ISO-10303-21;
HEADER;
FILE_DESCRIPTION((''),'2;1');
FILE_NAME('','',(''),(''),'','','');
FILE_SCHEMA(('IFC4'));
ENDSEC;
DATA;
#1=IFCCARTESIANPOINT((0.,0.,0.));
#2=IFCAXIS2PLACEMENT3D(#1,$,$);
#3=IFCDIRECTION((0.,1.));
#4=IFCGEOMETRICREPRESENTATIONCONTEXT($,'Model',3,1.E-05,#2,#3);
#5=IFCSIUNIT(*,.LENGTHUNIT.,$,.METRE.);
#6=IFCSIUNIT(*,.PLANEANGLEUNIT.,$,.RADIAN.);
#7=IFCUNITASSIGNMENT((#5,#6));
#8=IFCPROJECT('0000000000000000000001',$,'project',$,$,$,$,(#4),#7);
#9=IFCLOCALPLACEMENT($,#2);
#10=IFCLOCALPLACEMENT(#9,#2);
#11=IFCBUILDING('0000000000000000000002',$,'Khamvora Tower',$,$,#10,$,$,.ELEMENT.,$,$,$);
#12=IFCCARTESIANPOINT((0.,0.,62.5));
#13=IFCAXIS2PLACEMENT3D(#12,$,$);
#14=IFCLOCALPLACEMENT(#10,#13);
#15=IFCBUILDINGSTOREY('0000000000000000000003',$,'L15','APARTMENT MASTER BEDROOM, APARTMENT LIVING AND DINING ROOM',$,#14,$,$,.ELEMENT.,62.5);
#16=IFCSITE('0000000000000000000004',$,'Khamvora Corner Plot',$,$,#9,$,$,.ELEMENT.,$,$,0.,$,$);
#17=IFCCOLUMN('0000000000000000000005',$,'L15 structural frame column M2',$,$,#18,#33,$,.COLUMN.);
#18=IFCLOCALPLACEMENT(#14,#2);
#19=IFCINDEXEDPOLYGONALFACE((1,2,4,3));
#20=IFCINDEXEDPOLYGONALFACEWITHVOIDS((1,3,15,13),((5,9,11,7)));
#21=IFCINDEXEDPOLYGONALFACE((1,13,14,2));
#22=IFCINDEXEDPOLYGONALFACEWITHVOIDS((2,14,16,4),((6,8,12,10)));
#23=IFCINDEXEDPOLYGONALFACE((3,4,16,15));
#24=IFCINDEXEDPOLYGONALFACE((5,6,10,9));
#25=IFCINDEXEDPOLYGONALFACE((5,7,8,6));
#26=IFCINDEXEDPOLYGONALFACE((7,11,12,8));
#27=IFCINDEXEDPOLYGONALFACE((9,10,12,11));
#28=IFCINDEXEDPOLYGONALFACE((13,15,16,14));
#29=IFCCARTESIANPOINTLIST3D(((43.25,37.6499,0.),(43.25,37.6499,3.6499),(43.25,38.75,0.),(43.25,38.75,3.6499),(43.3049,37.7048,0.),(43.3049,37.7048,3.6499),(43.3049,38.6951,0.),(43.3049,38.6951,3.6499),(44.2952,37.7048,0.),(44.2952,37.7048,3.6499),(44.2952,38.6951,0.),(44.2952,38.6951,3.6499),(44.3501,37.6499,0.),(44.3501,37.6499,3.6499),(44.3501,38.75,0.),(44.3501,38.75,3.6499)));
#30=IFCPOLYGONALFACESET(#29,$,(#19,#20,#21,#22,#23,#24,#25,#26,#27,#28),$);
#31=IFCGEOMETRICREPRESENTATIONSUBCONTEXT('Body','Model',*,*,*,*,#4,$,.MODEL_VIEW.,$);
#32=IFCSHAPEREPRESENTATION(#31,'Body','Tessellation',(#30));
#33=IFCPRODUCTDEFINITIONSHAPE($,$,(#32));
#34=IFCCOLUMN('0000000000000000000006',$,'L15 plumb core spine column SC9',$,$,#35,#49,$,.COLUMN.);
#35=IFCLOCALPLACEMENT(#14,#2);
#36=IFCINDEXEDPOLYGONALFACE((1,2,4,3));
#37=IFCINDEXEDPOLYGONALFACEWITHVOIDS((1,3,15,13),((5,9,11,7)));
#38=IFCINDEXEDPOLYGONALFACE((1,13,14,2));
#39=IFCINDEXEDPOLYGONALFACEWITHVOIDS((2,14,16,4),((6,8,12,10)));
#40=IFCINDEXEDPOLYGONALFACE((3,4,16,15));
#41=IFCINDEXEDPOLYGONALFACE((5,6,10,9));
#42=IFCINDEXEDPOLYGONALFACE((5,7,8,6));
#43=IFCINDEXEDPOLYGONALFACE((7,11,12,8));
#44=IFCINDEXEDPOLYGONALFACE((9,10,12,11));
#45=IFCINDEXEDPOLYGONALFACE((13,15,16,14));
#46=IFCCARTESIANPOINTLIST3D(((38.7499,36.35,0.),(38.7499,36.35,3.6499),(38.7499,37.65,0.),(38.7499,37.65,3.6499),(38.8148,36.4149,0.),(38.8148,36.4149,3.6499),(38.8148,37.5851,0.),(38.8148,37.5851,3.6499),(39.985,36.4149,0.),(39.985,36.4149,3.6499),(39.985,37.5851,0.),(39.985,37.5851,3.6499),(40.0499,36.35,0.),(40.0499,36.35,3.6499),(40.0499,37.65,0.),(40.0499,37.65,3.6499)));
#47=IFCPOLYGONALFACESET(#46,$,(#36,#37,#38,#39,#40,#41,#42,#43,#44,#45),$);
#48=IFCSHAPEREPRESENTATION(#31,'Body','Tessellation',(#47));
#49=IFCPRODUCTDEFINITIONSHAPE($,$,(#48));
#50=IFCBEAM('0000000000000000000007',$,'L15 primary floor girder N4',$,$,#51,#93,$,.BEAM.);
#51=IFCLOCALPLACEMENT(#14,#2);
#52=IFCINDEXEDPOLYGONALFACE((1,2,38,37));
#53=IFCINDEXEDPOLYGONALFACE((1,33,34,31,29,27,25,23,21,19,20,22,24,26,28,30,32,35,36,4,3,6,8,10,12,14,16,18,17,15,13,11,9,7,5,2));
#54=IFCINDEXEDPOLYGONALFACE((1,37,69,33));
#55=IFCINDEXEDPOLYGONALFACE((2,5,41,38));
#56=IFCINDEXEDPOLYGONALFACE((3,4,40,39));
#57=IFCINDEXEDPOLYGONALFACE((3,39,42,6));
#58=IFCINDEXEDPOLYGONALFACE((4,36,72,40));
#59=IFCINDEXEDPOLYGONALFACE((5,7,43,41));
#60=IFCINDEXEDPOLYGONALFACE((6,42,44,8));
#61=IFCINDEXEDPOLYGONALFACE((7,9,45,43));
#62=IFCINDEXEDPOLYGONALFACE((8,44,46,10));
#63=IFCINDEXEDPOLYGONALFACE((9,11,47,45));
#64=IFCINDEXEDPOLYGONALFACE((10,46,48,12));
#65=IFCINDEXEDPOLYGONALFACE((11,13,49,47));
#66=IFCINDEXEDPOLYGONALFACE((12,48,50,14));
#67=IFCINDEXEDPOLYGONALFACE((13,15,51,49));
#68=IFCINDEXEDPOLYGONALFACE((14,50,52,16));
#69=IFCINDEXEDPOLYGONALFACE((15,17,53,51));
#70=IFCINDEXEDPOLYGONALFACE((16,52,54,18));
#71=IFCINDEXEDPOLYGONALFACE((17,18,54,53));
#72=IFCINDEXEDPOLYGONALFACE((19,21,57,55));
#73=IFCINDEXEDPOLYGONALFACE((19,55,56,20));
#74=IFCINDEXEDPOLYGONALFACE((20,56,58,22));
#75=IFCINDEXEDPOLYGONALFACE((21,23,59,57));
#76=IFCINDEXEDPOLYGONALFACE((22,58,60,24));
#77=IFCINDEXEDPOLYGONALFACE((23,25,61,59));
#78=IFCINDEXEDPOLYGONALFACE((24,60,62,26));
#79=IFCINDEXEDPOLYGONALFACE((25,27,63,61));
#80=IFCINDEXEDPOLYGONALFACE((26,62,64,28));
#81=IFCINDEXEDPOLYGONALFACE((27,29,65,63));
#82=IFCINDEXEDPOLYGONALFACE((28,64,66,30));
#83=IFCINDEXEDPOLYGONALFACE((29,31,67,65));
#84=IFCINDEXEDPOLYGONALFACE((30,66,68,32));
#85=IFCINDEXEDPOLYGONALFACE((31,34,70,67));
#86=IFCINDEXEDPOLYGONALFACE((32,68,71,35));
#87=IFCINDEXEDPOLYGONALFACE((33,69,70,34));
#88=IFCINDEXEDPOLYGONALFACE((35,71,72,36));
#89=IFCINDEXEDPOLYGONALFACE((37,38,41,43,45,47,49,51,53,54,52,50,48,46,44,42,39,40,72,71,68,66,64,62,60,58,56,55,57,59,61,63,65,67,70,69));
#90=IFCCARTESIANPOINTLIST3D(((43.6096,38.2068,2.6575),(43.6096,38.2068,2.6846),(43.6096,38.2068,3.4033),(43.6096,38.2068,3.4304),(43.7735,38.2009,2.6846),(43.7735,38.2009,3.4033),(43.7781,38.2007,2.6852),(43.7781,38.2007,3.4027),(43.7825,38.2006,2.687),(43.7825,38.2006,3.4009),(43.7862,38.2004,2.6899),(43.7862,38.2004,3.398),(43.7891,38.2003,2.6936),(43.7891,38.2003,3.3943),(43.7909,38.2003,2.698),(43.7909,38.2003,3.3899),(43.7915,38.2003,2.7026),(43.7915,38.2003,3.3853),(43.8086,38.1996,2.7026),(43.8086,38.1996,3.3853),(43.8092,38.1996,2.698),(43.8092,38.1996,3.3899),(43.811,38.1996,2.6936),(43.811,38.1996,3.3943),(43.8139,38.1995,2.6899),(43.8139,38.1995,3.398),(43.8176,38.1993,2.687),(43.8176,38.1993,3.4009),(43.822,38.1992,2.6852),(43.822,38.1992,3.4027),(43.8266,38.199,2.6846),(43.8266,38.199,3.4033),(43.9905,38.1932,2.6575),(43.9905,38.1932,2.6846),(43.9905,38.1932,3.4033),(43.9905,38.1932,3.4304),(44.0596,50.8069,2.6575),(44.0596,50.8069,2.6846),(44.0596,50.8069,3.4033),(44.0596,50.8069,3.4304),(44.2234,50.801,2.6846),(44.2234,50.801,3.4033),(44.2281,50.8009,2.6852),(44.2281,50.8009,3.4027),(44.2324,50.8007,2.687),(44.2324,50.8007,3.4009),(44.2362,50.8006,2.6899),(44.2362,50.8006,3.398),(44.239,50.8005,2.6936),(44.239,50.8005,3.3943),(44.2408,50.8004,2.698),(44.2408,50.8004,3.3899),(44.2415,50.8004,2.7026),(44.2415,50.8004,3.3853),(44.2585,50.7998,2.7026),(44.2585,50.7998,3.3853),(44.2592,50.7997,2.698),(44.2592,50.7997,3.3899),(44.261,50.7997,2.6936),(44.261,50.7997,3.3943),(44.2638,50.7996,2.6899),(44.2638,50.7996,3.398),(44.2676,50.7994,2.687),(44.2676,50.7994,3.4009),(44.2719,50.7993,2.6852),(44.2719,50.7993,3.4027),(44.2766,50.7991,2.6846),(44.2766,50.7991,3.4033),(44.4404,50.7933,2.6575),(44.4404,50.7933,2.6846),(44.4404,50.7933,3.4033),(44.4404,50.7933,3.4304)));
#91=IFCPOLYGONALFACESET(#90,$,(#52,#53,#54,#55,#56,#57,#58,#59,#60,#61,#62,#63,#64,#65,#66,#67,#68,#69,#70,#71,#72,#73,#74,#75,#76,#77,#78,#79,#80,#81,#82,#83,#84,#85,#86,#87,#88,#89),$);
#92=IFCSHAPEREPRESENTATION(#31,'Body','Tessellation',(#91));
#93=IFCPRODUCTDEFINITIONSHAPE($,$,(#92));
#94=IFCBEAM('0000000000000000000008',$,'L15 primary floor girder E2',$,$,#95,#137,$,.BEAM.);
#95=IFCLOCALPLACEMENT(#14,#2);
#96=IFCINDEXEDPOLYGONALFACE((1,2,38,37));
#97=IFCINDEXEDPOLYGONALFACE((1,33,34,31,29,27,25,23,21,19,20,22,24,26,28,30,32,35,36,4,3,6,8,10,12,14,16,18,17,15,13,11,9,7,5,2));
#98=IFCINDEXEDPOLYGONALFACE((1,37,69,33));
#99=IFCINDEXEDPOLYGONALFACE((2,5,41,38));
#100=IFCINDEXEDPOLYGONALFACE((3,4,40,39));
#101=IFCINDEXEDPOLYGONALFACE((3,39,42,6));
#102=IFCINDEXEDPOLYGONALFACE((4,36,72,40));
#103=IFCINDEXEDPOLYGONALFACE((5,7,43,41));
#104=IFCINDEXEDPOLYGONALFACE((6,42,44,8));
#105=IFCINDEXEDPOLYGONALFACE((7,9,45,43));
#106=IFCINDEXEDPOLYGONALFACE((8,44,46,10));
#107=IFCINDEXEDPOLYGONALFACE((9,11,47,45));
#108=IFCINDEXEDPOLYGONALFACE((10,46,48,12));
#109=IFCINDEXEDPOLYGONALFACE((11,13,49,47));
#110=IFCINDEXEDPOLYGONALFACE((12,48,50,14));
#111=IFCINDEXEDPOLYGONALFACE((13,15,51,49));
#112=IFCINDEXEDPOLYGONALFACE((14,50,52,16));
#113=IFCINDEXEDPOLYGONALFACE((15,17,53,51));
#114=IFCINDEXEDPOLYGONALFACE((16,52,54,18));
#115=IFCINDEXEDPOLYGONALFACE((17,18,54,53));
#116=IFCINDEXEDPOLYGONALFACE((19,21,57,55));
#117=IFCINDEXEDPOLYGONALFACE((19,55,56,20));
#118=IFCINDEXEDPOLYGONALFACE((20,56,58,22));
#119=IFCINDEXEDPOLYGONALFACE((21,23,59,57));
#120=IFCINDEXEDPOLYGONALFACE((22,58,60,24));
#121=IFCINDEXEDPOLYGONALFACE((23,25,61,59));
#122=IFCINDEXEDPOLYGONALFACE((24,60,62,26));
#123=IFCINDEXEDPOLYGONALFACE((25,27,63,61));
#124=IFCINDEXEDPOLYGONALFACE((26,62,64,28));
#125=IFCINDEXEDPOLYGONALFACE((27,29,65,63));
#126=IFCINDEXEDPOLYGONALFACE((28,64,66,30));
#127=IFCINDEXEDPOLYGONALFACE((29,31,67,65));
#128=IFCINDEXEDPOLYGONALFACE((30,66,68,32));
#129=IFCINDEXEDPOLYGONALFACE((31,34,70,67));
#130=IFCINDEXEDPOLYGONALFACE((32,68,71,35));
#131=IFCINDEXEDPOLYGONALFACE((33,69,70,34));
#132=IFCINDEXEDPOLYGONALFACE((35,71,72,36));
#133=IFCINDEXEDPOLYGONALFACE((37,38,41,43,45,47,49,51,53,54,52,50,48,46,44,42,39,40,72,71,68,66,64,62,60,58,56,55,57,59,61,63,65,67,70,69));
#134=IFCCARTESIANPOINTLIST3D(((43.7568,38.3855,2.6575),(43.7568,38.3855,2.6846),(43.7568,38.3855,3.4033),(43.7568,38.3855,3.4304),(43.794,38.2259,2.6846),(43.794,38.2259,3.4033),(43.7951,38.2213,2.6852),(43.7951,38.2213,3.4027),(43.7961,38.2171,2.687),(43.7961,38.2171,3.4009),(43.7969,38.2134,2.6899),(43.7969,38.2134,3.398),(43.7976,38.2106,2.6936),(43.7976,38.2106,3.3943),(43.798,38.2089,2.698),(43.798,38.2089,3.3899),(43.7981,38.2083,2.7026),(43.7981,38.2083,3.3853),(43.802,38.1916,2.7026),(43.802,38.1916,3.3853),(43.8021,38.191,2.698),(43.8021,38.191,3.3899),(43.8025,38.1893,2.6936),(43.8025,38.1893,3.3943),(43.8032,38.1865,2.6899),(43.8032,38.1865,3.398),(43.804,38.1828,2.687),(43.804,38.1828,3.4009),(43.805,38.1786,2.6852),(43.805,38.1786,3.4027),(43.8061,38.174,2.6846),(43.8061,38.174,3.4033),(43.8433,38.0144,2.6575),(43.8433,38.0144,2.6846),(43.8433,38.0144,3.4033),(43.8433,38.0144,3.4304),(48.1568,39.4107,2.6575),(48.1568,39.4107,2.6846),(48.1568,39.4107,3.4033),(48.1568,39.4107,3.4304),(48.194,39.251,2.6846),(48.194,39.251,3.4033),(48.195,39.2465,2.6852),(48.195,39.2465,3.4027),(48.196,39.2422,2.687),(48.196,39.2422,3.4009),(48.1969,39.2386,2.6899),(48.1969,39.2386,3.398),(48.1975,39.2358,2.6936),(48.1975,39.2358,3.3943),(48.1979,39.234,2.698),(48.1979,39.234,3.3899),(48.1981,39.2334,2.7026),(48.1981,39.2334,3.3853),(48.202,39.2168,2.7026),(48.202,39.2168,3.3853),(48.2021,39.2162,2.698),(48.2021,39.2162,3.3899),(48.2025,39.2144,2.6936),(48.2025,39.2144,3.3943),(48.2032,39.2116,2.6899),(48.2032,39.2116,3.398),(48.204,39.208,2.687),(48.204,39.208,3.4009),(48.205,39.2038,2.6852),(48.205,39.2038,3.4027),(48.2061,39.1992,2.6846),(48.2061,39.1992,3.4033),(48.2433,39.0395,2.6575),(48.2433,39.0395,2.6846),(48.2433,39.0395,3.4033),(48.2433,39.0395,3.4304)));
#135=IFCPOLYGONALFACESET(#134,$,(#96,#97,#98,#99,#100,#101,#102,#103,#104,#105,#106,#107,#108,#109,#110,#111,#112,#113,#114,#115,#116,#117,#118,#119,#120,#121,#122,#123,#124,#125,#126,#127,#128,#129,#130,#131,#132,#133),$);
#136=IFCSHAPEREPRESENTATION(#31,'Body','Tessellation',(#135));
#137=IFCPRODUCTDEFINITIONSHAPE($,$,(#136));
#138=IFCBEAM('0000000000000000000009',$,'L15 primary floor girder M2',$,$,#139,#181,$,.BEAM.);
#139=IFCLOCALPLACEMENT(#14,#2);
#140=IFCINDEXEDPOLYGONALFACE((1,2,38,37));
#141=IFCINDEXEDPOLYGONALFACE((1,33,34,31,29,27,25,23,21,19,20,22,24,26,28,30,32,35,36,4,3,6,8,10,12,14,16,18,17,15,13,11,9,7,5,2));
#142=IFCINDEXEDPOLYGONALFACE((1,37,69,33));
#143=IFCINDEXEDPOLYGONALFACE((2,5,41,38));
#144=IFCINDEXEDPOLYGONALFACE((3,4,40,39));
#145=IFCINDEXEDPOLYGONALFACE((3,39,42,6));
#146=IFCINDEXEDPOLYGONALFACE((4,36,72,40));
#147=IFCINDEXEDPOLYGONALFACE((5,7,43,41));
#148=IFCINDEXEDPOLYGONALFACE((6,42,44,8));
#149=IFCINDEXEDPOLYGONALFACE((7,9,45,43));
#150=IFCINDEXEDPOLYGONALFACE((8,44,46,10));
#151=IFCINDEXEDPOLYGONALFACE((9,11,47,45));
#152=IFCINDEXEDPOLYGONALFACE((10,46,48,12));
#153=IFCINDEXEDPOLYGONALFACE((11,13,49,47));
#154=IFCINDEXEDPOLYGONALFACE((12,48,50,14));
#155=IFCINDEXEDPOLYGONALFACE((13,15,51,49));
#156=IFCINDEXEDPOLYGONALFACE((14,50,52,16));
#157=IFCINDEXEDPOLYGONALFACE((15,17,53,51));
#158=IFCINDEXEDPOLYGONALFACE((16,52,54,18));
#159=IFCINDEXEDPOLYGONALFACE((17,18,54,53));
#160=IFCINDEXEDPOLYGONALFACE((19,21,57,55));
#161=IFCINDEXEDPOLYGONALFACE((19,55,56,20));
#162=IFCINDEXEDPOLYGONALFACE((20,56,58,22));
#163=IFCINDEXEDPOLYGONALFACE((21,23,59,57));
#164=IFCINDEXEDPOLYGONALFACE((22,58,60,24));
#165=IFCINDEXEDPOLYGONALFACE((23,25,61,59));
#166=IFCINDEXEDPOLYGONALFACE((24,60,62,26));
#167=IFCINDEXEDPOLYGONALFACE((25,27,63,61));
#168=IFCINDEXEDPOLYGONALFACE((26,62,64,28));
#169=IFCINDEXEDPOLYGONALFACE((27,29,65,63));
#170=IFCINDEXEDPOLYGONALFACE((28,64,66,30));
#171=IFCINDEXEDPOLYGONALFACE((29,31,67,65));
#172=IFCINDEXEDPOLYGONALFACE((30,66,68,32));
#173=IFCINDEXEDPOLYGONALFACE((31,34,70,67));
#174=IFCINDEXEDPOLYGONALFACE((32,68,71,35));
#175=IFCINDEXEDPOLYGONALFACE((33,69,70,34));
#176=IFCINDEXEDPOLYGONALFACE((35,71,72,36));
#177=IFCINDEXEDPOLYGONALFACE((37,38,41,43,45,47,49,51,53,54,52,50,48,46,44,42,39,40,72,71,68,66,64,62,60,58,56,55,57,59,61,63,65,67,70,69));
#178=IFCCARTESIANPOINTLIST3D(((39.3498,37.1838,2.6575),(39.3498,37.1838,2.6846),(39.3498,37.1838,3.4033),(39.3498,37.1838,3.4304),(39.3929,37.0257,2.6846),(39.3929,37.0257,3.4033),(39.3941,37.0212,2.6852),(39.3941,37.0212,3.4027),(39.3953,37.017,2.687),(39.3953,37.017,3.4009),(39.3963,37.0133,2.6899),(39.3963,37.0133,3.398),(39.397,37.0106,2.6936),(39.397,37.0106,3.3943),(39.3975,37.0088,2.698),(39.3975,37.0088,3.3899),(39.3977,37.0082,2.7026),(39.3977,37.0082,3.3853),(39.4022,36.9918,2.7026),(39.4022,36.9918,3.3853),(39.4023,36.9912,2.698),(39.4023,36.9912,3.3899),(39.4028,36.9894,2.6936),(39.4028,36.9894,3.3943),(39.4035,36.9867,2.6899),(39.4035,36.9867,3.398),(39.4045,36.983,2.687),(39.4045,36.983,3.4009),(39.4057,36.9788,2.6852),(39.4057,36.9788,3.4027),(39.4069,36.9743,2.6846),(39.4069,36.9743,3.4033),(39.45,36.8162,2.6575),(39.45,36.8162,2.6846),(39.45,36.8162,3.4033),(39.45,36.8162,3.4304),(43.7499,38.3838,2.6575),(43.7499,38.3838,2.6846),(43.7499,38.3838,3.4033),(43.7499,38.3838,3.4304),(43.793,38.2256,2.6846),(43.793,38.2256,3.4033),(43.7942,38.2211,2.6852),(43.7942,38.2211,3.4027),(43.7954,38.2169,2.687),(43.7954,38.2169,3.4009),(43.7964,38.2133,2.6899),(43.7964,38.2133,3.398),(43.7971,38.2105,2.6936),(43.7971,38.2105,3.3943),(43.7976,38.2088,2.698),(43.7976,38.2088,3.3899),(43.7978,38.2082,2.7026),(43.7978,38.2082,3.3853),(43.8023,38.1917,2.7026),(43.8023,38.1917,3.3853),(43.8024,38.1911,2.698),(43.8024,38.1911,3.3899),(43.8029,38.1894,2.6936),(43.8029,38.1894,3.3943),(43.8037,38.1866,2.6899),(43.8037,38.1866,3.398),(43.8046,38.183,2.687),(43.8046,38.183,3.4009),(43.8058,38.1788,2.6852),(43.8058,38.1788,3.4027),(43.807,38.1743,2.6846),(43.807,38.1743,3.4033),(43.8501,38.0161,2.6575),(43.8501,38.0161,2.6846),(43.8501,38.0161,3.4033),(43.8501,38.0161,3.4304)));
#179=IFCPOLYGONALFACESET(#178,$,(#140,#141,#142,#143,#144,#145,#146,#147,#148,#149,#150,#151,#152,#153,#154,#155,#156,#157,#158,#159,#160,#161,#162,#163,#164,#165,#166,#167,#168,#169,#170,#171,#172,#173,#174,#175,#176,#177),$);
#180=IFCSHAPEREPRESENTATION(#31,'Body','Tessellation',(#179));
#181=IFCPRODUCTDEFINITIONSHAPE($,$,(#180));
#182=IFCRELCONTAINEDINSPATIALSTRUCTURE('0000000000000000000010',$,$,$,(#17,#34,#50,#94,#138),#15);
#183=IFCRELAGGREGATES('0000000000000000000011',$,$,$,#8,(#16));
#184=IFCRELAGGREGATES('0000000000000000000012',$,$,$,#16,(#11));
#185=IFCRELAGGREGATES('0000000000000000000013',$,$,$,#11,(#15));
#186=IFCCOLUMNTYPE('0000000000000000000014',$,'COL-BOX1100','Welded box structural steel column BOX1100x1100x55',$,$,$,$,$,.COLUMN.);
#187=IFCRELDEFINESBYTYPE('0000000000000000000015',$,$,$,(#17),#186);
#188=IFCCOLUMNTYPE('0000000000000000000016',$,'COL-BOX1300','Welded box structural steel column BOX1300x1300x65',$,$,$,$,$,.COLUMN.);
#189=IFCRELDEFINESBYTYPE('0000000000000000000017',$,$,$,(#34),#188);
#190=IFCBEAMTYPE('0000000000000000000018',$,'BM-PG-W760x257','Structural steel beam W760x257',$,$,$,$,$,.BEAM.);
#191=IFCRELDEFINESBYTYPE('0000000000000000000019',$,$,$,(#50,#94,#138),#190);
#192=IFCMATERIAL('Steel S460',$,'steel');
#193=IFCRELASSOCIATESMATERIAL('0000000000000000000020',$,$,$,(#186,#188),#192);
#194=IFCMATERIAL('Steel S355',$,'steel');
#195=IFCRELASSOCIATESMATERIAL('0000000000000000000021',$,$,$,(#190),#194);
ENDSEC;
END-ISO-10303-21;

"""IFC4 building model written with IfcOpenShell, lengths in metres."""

from ifc_helpers import new_model, si_unit, direction, frame, origin, origin_2d, place, context, subcontext, project, spatial, hollow_rectangle, i_section, extrude, material, material_profile, profile_set, type_object, element, save


model = new_model("IFC4")

# Units and contexts
model_context = context("Model", 3, precision=1e-05, world=origin(), true_north=direction((0.0, 1.0)))
body_context = subcontext(model_context, "Body", "Model", "MODEL_VIEW")
ifc_project = project(units=[si_unit("LENGTHUNIT", "METRE"), si_unit("PLANEANGLEUNIT", "RADIAN")], contexts=[model_context])

# Site, building, storey
site_placement = place(None, origin())
site = spatial("IfcSite", under=ifc_project, at=site_placement, Name="Khamvora Corner Plot", CompositionType="ELEMENT", RefElevation=0.0)
building_placement = place(site_placement, origin())
building = spatial("IfcBuilding", under=site, at=building_placement, Name="Khamvora Tower", CompositionType="ELEMENT")
storey_placement = place(building_placement, frame((0.0, 0.0, 62.5)))
storey = spatial("IfcBuildingStorey", under=building, at=storey_placement, Name="L15", Description="APARTMENT MASTER BEDROOM, APARTMENT LIVING AND DINING ROOM", CompositionType="ELEMENT", Elevation=62.5)

# Columns
ifc_material_1 = material(Name="Steel S460", Category="steel")
ifc_material_profile_1 = material_profile(ifc_material_1, hollow_rectangle(XDim=1.1001, YDim=1.1001, WallThickness=0.0549, at=origin_2d()), Name="BOX1100x1100x55")
ifc_profile_set_1 = profile_set([ifc_material_profile_1], Name="Steel S460")
column_type_1 = type_object("IfcColumnType", Name="COL-BOX1100", Description="Welded box structural steel column BOX1100x1100x55", PredefinedType="COLUMN", material=ifc_profile_set_1)
column_1_placement = place(storey_placement, frame((43.8, 38.2, 0.0), z_axis=(0.0, 0.0, 1.0), x_axis=(1.0, 0.0, 0.0)))
element("IfcColumn", 1, at=column_1_placement, inside=storey, type_object=column_type_1, Name="L15 structural frame column M2", PredefinedType="COLUMN", context=body_context, shape_type="SweptSolid", body=[
    extrude(hollow_rectangle(XDim=1.1001, YDim=1.1001, WallThickness=0.0549, at=origin_2d()), origin(), (0.0, 0.0, 1.0), 3.6499),
])
ifc_material_profile_2 = material_profile(ifc_material_1, hollow_rectangle(XDim=1.3, YDim=1.3, WallThickness=0.0649, at=origin_2d()), Name="BOX1300x1300x65")
ifc_profile_set_2 = profile_set([ifc_material_profile_2], Name="Steel S460")
column_type_2 = type_object("IfcColumnType", Name="COL-BOX1300", Description="Welded box structural steel column BOX1300x1300x65", PredefinedType="COLUMN", material=ifc_profile_set_2)
column_2_placement = place(storey_placement, frame((39.3999, 37.0, 0.0), z_axis=(0.0, 0.0, 1.0), x_axis=(1.0, 0.0, 0.0)))
element("IfcColumn", 2, at=column_2_placement, inside=storey, type_object=column_type_2, Name="L15 plumb core spine column SC9", PredefinedType="COLUMN", context=body_context, shape_type="SweptSolid", body=[
    extrude(hollow_rectangle(XDim=1.3, YDim=1.3, WallThickness=0.0649, at=origin_2d()), origin(), (0.0, 0.0, 1.0), 3.6499),
])

# Beams
ifc_material_2 = material(Name="Steel S355", Category="steel")
ifc_material_profile_3 = material_profile(ifc_material_2, i_section(OverallWidth=0.3811, OverallDepth=0.7729, WebThickness=0.0171, FlangeThickness=0.0271, FilletRadius=0.0181, at=origin_2d()), Name="W760x257")
ifc_profile_set_3 = profile_set([ifc_material_profile_3], Name="Steel S355")
beam_type_1 = type_object("IfcBeamType", Name="BM-PG-W760x257", Description="Structural steel beam W760x257", PredefinedType="BEAM", material=ifc_profile_set_3)
beam_1_placement = place(storey_placement, frame((43.8, 38.2, 3.0439), z_axis=(0.035687, 0.999363, 0.0), x_axis=(-0.999363, 0.035687, 0.0)))
element("IfcBeam", 3, at=beam_1_placement, inside=storey, type_object=beam_type_1, Name="L15 primary floor girder N4", PredefinedType="BEAM", context=body_context, shape_type="SweptSolid", body=[
    extrude(i_section(OverallWidth=0.3811, OverallDepth=0.7729, WebThickness=0.0171, FlangeThickness=0.0271, FilletRadius=0.0181, at=origin_2d()), origin(), (0.0, 0.0, 1.0), 12.6082),
])
beam_2_placement = place(storey_placement, frame((43.8, 38.2, 3.0439), z_axis=(0.973915, 0.226915, 0.0), x_axis=(-0.226915, 0.973915, 0.0)))
element("IfcBeam", 4, at=beam_2_placement, inside=storey, type_object=beam_type_1, Name="L15 primary floor girder E2", PredefinedType="BEAM", context=body_context, shape_type="SweptSolid", body=[
    extrude(i_section(OverallWidth=0.3811, OverallDepth=0.7729, WebThickness=0.0171, FlangeThickness=0.0271, FilletRadius=0.0181, at=origin_2d()), origin(), (0.0, 0.0, 1.0), 4.5178),
])
beam_3_placement = place(storey_placement, frame((39.3999, 37.0, 3.0439), z_axis=(0.964769, 0.263099, 0.0), x_axis=(-0.263099, 0.964769, 0.0)))
element("IfcBeam", 5, at=beam_3_placement, inside=storey, type_object=beam_type_1, Name="L15 primary floor girder M2", PredefinedType="BEAM", context=body_context, shape_type="SweptSolid", body=[
    extrude(i_section(OverallWidth=0.3811, OverallDepth=0.7729, WebThickness=0.0171, FlangeThickness=0.0271, FilletRadius=0.0181, at=origin_2d()), origin(), (0.0, 0.0, 1.0), 4.5608),
])

save(model, "model.ifc")
